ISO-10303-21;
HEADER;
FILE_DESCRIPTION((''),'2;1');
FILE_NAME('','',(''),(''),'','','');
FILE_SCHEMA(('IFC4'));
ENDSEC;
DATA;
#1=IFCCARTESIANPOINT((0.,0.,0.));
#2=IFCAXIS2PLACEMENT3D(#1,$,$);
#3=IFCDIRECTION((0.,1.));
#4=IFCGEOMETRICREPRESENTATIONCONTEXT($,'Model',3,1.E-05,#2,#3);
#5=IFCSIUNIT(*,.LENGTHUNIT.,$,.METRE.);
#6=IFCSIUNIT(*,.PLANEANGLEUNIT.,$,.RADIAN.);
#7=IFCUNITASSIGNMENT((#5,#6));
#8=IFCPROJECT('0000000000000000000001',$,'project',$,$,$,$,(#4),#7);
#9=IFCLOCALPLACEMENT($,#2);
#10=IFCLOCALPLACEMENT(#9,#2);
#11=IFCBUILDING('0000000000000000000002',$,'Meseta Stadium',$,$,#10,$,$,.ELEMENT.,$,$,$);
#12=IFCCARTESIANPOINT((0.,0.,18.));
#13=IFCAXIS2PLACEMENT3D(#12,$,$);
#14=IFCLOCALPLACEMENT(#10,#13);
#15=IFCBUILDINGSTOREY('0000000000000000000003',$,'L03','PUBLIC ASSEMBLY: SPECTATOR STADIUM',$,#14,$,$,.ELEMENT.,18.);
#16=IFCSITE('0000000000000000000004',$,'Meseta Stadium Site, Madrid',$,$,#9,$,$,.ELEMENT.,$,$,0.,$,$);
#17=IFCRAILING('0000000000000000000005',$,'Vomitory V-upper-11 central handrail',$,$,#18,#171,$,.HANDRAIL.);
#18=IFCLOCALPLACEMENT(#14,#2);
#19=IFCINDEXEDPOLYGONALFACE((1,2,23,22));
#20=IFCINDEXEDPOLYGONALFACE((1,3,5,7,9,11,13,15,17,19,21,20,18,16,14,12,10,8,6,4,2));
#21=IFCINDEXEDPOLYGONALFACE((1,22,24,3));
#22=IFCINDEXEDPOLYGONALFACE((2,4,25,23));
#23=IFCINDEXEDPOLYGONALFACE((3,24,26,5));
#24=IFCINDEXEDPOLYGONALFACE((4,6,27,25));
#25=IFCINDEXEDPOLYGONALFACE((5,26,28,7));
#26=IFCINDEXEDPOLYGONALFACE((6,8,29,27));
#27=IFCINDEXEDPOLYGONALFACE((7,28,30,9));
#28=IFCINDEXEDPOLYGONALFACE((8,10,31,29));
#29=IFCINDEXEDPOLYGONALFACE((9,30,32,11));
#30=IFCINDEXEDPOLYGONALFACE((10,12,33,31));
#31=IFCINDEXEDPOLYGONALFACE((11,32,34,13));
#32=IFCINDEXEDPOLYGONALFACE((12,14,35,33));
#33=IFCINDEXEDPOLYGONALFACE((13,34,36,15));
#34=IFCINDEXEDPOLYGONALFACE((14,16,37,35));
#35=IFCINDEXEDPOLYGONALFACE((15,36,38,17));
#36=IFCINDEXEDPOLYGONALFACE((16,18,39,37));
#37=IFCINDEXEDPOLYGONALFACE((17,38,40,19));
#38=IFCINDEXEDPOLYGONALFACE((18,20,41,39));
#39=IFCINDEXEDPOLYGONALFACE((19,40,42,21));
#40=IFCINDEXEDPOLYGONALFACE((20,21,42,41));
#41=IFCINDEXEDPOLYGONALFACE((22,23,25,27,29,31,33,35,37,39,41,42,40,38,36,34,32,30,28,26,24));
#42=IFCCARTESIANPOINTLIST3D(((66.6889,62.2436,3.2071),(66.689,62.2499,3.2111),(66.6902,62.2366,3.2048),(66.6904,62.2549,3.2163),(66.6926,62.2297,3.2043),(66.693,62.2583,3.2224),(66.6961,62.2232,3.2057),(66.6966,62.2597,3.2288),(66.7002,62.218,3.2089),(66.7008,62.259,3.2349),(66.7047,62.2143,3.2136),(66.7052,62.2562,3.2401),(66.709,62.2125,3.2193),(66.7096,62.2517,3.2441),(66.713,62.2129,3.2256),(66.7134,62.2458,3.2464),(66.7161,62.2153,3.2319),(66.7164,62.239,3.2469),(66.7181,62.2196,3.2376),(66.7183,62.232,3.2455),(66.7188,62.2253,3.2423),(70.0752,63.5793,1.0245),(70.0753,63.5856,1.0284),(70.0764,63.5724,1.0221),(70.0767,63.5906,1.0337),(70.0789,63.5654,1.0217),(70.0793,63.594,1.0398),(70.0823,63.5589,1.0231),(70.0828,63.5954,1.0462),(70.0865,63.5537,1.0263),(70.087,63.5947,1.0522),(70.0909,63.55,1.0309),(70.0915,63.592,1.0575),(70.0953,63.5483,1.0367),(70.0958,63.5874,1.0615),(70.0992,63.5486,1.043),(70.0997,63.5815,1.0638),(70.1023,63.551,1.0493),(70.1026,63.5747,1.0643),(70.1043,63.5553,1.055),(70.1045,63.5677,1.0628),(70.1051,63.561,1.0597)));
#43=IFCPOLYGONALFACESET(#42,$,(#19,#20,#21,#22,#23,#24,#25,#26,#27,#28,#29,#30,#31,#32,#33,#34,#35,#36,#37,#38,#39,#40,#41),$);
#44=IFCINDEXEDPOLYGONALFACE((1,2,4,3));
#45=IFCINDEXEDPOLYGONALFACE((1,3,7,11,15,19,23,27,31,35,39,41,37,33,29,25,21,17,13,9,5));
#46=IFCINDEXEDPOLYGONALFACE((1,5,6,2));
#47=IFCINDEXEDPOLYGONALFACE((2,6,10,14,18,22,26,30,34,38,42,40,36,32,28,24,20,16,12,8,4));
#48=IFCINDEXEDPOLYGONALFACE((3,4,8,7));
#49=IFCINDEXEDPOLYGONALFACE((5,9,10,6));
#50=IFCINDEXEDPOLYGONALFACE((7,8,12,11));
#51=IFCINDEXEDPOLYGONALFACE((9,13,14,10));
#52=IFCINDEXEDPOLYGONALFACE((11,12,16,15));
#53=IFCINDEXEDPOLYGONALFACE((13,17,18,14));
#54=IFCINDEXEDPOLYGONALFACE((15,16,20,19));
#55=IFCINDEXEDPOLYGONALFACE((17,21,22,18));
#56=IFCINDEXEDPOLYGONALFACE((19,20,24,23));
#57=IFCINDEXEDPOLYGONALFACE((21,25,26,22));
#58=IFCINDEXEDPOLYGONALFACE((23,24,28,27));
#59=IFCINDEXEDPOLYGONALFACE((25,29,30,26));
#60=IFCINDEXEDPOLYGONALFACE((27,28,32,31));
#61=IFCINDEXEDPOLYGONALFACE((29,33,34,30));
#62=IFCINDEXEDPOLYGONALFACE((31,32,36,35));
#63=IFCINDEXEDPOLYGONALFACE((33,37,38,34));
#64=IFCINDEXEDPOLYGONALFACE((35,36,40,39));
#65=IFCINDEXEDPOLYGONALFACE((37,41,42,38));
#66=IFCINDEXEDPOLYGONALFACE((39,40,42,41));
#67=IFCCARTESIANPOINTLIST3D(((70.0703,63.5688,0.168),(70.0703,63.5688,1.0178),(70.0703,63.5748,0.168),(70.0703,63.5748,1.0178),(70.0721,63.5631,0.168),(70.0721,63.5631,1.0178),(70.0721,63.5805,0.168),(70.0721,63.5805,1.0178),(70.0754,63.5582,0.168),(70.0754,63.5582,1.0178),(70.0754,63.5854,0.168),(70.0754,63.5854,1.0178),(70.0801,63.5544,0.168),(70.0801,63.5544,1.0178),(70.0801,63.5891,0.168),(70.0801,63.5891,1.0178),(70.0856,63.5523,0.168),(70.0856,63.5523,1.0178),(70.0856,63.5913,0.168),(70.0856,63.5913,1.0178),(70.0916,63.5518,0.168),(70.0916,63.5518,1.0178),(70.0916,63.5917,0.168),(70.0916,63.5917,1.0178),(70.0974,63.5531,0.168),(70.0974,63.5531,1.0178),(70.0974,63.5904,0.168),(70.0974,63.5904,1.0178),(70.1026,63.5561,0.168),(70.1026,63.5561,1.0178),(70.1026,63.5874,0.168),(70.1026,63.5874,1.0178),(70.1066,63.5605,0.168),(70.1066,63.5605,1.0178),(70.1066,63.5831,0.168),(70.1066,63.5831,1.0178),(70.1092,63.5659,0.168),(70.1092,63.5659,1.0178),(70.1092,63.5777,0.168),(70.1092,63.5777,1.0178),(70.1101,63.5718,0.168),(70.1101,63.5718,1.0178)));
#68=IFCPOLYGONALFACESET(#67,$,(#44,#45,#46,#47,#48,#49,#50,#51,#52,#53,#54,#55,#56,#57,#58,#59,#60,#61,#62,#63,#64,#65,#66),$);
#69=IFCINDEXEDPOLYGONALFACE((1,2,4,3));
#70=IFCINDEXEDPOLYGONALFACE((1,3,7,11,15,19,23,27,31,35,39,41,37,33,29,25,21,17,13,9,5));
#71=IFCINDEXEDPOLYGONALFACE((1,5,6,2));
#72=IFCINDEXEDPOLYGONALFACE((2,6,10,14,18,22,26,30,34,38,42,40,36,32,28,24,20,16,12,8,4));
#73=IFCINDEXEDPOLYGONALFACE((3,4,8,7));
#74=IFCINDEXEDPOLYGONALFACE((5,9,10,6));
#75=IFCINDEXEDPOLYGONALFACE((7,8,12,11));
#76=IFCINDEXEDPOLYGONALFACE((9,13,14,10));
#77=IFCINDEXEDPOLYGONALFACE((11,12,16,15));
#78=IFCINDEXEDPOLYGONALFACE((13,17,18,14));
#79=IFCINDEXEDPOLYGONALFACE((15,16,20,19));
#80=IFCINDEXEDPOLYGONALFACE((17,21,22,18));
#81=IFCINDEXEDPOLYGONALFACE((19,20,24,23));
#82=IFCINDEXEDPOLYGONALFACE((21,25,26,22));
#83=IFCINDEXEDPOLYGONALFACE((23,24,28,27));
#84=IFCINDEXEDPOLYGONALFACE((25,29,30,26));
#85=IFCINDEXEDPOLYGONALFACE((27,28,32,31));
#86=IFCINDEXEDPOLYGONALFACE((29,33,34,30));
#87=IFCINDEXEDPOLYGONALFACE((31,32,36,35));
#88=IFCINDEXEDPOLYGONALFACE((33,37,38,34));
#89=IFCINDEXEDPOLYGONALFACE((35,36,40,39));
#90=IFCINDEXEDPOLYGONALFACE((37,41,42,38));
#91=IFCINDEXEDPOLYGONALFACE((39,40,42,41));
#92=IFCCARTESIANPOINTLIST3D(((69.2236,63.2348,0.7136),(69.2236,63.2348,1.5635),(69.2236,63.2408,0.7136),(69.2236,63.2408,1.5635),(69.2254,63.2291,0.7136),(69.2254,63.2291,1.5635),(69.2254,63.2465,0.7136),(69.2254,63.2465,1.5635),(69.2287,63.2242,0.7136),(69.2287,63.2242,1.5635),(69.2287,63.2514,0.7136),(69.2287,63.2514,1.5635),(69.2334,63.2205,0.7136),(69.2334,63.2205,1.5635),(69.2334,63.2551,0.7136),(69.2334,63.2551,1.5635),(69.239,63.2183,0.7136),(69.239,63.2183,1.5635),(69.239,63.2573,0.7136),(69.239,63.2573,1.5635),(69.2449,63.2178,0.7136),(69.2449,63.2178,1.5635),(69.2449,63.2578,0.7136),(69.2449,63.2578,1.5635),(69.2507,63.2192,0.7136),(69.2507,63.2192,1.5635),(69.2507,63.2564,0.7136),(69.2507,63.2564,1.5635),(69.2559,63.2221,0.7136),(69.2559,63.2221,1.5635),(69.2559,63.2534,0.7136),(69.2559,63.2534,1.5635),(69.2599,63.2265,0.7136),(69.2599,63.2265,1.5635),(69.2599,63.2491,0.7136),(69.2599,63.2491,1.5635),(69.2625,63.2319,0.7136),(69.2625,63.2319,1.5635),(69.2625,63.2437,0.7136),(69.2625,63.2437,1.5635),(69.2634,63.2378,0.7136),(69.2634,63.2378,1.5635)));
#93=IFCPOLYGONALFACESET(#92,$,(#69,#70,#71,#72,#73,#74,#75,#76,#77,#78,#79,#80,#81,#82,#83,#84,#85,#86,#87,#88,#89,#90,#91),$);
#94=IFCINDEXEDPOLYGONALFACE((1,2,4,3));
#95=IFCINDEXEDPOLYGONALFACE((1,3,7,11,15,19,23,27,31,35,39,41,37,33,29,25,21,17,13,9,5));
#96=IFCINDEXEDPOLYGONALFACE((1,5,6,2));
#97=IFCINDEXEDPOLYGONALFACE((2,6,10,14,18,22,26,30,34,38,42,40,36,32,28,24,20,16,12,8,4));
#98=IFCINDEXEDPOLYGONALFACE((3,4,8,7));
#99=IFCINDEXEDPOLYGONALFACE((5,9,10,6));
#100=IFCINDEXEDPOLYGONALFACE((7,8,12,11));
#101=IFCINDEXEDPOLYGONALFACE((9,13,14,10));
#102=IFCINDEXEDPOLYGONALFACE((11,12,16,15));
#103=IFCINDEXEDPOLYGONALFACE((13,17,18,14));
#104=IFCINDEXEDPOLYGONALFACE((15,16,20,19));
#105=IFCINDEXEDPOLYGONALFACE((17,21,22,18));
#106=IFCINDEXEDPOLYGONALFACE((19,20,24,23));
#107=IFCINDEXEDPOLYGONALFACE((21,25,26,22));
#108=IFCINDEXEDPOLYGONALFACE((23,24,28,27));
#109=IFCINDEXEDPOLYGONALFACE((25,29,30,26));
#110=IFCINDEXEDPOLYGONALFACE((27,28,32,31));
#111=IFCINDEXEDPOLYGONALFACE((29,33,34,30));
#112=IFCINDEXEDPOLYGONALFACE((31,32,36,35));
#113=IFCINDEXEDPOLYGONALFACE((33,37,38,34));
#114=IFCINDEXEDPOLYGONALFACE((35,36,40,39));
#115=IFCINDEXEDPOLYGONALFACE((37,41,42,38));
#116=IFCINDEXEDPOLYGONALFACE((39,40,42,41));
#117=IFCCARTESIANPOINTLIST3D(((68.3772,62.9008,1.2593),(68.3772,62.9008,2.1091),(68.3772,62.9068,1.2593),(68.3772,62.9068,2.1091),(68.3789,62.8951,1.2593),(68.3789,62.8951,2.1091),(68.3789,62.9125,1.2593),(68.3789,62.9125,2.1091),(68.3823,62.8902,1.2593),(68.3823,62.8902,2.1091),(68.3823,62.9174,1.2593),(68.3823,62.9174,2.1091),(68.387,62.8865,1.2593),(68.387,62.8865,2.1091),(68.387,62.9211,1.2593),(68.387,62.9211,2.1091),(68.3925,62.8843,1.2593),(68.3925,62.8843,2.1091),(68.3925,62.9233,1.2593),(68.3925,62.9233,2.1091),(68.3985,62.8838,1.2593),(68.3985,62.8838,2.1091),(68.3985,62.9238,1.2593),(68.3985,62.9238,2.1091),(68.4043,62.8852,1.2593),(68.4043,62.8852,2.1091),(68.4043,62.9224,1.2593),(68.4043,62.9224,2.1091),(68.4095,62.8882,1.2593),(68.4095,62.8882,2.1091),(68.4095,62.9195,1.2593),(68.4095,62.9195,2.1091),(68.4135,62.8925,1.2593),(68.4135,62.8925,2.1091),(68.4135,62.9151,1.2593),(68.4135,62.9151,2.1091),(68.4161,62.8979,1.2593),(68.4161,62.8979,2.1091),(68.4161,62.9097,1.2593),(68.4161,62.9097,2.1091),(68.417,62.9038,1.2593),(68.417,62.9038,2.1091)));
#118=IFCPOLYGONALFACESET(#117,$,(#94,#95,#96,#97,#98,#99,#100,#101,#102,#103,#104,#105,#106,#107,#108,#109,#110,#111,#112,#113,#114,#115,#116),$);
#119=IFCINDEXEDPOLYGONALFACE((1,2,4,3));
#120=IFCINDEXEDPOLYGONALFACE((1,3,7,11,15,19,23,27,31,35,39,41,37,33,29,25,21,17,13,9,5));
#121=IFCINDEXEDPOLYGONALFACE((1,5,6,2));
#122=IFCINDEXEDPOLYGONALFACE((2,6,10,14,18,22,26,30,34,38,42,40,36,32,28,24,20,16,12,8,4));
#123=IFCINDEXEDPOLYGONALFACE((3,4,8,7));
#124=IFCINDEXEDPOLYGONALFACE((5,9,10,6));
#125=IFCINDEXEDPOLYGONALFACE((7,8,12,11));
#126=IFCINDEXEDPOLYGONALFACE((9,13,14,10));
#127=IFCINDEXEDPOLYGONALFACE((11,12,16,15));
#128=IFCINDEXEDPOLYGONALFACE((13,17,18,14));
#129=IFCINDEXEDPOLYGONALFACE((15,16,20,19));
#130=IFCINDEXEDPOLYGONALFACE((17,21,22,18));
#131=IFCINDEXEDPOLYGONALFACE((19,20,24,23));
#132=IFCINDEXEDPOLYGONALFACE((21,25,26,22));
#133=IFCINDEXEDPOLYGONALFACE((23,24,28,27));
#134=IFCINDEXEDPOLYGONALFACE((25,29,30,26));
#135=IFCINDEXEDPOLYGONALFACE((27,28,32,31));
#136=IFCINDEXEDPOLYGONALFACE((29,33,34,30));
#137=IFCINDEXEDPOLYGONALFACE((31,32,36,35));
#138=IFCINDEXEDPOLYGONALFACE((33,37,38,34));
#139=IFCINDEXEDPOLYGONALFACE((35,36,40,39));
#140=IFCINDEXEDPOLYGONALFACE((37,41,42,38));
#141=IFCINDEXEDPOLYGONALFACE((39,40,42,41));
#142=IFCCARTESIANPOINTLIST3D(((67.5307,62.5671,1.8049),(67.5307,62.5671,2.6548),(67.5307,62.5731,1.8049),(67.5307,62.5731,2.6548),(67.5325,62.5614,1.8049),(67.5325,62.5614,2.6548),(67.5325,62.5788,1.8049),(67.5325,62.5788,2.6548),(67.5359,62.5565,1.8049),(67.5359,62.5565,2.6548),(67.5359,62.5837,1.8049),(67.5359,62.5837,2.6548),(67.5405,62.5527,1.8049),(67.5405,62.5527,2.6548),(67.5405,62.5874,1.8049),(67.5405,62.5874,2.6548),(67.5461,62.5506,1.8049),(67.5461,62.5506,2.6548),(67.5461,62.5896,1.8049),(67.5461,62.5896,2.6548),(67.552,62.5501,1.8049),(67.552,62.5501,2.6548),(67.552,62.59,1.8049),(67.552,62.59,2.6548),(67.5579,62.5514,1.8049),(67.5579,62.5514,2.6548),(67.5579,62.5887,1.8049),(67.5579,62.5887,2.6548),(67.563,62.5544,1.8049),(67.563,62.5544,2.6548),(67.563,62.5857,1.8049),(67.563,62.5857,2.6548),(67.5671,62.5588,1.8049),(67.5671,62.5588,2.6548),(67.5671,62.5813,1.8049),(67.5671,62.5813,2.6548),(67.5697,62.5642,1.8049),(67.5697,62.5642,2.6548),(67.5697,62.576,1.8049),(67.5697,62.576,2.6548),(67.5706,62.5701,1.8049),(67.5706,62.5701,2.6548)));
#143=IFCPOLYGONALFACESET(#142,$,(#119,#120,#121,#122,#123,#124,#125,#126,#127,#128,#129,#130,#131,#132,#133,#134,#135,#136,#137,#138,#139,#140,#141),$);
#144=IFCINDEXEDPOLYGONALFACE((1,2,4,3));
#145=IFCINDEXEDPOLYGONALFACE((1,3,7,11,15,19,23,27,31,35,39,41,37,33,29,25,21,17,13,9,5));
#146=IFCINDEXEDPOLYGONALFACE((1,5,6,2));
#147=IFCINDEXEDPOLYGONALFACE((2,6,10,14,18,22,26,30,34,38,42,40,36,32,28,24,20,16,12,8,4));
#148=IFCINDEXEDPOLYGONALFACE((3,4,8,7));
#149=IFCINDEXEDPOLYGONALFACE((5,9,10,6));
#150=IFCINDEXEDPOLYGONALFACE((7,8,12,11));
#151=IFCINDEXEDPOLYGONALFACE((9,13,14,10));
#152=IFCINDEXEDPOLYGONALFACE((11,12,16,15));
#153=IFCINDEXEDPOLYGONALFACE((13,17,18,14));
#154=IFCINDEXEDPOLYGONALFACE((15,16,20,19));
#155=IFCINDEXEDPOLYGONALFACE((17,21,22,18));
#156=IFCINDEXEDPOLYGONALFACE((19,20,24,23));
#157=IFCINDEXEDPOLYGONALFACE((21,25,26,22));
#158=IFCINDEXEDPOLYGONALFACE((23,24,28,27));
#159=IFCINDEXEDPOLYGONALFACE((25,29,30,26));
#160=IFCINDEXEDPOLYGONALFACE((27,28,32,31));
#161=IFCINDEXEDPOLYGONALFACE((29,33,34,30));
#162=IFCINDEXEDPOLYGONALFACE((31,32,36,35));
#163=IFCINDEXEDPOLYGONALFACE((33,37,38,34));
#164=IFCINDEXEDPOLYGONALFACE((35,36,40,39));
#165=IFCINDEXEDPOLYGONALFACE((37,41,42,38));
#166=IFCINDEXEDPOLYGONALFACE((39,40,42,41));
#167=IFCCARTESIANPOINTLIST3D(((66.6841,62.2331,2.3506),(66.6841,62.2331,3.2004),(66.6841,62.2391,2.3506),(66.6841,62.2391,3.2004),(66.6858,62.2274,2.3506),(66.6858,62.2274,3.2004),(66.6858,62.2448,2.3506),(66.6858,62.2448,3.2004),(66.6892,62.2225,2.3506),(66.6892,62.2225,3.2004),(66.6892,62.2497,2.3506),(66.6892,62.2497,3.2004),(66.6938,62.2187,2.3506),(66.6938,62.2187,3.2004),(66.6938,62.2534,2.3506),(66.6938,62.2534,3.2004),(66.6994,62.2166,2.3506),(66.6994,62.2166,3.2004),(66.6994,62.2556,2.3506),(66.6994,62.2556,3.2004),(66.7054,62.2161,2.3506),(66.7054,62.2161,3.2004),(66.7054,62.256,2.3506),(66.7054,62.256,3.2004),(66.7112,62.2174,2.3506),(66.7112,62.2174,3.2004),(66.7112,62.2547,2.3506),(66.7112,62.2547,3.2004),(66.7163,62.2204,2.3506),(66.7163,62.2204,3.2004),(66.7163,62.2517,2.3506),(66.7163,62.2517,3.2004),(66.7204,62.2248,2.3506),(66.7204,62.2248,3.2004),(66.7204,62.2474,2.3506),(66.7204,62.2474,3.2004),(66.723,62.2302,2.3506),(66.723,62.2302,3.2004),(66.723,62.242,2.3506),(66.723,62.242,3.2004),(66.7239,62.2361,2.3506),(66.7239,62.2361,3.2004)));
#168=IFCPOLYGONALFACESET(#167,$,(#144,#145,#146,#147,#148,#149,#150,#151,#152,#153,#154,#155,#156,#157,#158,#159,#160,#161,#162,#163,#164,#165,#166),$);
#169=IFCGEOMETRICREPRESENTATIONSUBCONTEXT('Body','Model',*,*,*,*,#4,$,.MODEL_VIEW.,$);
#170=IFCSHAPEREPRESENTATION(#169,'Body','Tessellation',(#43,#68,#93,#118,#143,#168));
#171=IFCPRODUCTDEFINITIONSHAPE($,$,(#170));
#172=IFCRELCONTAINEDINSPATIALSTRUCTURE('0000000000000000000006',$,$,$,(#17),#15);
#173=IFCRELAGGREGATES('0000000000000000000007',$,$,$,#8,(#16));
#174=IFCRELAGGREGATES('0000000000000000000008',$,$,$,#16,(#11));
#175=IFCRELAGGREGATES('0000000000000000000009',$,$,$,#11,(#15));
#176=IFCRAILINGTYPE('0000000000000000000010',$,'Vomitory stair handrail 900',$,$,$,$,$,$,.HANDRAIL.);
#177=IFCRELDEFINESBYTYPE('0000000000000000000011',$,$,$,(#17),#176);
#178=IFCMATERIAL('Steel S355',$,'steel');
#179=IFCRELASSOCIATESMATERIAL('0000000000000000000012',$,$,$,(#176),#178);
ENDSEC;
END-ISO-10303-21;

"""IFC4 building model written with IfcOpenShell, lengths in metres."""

from ifc_helpers import new_model, si_unit, direction, frame, origin, origin_2d, place, context, subcontext, project, spatial, circle, extrude, material, type_object, element, save


model = new_model("IFC4")

# Units and contexts
model_context = context("Model", 3, precision=1e-05, world=origin(), true_north=direction((0.0, 1.0)))
body_context = subcontext(model_context, "Body", "Model", "MODEL_VIEW")
ifc_project = project(units=[si_unit("LENGTHUNIT", "METRE"), si_unit("PLANEANGLEUNIT", "RADIAN")], contexts=[model_context])

# Site, building, storey
site_placement = place(None, origin())
site = spatial("IfcSite", under=ifc_project, at=site_placement, Name="Meseta Stadium Site, Madrid", CompositionType="ELEMENT", RefElevation=0.0)
building_placement = place(site_placement, origin())
building = spatial("IfcBuilding", under=site, at=building_placement, Name="Meseta Stadium", CompositionType="ELEMENT")
storey_placement = place(building_placement, frame((0.0, 0.0, 18.0)))
storey = spatial("IfcBuildingStorey", under=building, at=storey_placement, Name="L03", Description="PUBLIC ASSEMBLY: SPECTATOR STADIUM", CompositionType="ELEMENT", Elevation=18.0)

# Railing
ifc_material_1 = material(Name="Steel S355", Category="steel")
railing_type_1 = type_object("IfcRailingType", Name="Vomitory stair handrail 900", PredefinedType="HANDRAIL", material=ifc_material_1)
railing_1_placement = place(storey_placement, frame((70.0901, 63.5718, 0.168)))
element("IfcRailing", 1, at=railing_1_placement, inside=storey, type_object=railing_type_1, Name="Vomitory V-upper-11 central handrail", PredefinedType="HANDRAIL", context=body_context, shape_type="SweptSolid", body=[
    extrude(circle(Radius=0.0249, at=origin_2d()), frame((0.0, 0.0, 0.875), z_axis=(-0.797822, -0.3147, 0.514241), x_axis=(0.366934, -0.930247, 0.0)), (0.0, 0.0, 1.0), 4.2444),
    extrude(circle(Radius=0.02, at=origin_2d()), origin(), (0.0, 0.0, 1.0), 0.8499),
    extrude(circle(Radius=0.02, at=origin_2d()), frame((-0.8467, -0.334, 0.5457)), (0.0, 0.0, 1.0), 0.8499),
    extrude(circle(Radius=0.02, at=origin_2d()), frame((-1.6931, -0.668, 1.0913)), (0.0, 0.0, 1.0), 0.8499),
    extrude(circle(Radius=0.02, at=origin_2d()), frame((-2.5396, -1.0017, 1.637)), (0.0, 0.0, 1.0), 0.8499),
    extrude(circle(Radius=0.02, at=origin_2d()), frame((-3.3862, -1.3357, 2.1826)), (0.0, 0.0, 1.0), 0.8499),
])

save(model, "model.ifc")
